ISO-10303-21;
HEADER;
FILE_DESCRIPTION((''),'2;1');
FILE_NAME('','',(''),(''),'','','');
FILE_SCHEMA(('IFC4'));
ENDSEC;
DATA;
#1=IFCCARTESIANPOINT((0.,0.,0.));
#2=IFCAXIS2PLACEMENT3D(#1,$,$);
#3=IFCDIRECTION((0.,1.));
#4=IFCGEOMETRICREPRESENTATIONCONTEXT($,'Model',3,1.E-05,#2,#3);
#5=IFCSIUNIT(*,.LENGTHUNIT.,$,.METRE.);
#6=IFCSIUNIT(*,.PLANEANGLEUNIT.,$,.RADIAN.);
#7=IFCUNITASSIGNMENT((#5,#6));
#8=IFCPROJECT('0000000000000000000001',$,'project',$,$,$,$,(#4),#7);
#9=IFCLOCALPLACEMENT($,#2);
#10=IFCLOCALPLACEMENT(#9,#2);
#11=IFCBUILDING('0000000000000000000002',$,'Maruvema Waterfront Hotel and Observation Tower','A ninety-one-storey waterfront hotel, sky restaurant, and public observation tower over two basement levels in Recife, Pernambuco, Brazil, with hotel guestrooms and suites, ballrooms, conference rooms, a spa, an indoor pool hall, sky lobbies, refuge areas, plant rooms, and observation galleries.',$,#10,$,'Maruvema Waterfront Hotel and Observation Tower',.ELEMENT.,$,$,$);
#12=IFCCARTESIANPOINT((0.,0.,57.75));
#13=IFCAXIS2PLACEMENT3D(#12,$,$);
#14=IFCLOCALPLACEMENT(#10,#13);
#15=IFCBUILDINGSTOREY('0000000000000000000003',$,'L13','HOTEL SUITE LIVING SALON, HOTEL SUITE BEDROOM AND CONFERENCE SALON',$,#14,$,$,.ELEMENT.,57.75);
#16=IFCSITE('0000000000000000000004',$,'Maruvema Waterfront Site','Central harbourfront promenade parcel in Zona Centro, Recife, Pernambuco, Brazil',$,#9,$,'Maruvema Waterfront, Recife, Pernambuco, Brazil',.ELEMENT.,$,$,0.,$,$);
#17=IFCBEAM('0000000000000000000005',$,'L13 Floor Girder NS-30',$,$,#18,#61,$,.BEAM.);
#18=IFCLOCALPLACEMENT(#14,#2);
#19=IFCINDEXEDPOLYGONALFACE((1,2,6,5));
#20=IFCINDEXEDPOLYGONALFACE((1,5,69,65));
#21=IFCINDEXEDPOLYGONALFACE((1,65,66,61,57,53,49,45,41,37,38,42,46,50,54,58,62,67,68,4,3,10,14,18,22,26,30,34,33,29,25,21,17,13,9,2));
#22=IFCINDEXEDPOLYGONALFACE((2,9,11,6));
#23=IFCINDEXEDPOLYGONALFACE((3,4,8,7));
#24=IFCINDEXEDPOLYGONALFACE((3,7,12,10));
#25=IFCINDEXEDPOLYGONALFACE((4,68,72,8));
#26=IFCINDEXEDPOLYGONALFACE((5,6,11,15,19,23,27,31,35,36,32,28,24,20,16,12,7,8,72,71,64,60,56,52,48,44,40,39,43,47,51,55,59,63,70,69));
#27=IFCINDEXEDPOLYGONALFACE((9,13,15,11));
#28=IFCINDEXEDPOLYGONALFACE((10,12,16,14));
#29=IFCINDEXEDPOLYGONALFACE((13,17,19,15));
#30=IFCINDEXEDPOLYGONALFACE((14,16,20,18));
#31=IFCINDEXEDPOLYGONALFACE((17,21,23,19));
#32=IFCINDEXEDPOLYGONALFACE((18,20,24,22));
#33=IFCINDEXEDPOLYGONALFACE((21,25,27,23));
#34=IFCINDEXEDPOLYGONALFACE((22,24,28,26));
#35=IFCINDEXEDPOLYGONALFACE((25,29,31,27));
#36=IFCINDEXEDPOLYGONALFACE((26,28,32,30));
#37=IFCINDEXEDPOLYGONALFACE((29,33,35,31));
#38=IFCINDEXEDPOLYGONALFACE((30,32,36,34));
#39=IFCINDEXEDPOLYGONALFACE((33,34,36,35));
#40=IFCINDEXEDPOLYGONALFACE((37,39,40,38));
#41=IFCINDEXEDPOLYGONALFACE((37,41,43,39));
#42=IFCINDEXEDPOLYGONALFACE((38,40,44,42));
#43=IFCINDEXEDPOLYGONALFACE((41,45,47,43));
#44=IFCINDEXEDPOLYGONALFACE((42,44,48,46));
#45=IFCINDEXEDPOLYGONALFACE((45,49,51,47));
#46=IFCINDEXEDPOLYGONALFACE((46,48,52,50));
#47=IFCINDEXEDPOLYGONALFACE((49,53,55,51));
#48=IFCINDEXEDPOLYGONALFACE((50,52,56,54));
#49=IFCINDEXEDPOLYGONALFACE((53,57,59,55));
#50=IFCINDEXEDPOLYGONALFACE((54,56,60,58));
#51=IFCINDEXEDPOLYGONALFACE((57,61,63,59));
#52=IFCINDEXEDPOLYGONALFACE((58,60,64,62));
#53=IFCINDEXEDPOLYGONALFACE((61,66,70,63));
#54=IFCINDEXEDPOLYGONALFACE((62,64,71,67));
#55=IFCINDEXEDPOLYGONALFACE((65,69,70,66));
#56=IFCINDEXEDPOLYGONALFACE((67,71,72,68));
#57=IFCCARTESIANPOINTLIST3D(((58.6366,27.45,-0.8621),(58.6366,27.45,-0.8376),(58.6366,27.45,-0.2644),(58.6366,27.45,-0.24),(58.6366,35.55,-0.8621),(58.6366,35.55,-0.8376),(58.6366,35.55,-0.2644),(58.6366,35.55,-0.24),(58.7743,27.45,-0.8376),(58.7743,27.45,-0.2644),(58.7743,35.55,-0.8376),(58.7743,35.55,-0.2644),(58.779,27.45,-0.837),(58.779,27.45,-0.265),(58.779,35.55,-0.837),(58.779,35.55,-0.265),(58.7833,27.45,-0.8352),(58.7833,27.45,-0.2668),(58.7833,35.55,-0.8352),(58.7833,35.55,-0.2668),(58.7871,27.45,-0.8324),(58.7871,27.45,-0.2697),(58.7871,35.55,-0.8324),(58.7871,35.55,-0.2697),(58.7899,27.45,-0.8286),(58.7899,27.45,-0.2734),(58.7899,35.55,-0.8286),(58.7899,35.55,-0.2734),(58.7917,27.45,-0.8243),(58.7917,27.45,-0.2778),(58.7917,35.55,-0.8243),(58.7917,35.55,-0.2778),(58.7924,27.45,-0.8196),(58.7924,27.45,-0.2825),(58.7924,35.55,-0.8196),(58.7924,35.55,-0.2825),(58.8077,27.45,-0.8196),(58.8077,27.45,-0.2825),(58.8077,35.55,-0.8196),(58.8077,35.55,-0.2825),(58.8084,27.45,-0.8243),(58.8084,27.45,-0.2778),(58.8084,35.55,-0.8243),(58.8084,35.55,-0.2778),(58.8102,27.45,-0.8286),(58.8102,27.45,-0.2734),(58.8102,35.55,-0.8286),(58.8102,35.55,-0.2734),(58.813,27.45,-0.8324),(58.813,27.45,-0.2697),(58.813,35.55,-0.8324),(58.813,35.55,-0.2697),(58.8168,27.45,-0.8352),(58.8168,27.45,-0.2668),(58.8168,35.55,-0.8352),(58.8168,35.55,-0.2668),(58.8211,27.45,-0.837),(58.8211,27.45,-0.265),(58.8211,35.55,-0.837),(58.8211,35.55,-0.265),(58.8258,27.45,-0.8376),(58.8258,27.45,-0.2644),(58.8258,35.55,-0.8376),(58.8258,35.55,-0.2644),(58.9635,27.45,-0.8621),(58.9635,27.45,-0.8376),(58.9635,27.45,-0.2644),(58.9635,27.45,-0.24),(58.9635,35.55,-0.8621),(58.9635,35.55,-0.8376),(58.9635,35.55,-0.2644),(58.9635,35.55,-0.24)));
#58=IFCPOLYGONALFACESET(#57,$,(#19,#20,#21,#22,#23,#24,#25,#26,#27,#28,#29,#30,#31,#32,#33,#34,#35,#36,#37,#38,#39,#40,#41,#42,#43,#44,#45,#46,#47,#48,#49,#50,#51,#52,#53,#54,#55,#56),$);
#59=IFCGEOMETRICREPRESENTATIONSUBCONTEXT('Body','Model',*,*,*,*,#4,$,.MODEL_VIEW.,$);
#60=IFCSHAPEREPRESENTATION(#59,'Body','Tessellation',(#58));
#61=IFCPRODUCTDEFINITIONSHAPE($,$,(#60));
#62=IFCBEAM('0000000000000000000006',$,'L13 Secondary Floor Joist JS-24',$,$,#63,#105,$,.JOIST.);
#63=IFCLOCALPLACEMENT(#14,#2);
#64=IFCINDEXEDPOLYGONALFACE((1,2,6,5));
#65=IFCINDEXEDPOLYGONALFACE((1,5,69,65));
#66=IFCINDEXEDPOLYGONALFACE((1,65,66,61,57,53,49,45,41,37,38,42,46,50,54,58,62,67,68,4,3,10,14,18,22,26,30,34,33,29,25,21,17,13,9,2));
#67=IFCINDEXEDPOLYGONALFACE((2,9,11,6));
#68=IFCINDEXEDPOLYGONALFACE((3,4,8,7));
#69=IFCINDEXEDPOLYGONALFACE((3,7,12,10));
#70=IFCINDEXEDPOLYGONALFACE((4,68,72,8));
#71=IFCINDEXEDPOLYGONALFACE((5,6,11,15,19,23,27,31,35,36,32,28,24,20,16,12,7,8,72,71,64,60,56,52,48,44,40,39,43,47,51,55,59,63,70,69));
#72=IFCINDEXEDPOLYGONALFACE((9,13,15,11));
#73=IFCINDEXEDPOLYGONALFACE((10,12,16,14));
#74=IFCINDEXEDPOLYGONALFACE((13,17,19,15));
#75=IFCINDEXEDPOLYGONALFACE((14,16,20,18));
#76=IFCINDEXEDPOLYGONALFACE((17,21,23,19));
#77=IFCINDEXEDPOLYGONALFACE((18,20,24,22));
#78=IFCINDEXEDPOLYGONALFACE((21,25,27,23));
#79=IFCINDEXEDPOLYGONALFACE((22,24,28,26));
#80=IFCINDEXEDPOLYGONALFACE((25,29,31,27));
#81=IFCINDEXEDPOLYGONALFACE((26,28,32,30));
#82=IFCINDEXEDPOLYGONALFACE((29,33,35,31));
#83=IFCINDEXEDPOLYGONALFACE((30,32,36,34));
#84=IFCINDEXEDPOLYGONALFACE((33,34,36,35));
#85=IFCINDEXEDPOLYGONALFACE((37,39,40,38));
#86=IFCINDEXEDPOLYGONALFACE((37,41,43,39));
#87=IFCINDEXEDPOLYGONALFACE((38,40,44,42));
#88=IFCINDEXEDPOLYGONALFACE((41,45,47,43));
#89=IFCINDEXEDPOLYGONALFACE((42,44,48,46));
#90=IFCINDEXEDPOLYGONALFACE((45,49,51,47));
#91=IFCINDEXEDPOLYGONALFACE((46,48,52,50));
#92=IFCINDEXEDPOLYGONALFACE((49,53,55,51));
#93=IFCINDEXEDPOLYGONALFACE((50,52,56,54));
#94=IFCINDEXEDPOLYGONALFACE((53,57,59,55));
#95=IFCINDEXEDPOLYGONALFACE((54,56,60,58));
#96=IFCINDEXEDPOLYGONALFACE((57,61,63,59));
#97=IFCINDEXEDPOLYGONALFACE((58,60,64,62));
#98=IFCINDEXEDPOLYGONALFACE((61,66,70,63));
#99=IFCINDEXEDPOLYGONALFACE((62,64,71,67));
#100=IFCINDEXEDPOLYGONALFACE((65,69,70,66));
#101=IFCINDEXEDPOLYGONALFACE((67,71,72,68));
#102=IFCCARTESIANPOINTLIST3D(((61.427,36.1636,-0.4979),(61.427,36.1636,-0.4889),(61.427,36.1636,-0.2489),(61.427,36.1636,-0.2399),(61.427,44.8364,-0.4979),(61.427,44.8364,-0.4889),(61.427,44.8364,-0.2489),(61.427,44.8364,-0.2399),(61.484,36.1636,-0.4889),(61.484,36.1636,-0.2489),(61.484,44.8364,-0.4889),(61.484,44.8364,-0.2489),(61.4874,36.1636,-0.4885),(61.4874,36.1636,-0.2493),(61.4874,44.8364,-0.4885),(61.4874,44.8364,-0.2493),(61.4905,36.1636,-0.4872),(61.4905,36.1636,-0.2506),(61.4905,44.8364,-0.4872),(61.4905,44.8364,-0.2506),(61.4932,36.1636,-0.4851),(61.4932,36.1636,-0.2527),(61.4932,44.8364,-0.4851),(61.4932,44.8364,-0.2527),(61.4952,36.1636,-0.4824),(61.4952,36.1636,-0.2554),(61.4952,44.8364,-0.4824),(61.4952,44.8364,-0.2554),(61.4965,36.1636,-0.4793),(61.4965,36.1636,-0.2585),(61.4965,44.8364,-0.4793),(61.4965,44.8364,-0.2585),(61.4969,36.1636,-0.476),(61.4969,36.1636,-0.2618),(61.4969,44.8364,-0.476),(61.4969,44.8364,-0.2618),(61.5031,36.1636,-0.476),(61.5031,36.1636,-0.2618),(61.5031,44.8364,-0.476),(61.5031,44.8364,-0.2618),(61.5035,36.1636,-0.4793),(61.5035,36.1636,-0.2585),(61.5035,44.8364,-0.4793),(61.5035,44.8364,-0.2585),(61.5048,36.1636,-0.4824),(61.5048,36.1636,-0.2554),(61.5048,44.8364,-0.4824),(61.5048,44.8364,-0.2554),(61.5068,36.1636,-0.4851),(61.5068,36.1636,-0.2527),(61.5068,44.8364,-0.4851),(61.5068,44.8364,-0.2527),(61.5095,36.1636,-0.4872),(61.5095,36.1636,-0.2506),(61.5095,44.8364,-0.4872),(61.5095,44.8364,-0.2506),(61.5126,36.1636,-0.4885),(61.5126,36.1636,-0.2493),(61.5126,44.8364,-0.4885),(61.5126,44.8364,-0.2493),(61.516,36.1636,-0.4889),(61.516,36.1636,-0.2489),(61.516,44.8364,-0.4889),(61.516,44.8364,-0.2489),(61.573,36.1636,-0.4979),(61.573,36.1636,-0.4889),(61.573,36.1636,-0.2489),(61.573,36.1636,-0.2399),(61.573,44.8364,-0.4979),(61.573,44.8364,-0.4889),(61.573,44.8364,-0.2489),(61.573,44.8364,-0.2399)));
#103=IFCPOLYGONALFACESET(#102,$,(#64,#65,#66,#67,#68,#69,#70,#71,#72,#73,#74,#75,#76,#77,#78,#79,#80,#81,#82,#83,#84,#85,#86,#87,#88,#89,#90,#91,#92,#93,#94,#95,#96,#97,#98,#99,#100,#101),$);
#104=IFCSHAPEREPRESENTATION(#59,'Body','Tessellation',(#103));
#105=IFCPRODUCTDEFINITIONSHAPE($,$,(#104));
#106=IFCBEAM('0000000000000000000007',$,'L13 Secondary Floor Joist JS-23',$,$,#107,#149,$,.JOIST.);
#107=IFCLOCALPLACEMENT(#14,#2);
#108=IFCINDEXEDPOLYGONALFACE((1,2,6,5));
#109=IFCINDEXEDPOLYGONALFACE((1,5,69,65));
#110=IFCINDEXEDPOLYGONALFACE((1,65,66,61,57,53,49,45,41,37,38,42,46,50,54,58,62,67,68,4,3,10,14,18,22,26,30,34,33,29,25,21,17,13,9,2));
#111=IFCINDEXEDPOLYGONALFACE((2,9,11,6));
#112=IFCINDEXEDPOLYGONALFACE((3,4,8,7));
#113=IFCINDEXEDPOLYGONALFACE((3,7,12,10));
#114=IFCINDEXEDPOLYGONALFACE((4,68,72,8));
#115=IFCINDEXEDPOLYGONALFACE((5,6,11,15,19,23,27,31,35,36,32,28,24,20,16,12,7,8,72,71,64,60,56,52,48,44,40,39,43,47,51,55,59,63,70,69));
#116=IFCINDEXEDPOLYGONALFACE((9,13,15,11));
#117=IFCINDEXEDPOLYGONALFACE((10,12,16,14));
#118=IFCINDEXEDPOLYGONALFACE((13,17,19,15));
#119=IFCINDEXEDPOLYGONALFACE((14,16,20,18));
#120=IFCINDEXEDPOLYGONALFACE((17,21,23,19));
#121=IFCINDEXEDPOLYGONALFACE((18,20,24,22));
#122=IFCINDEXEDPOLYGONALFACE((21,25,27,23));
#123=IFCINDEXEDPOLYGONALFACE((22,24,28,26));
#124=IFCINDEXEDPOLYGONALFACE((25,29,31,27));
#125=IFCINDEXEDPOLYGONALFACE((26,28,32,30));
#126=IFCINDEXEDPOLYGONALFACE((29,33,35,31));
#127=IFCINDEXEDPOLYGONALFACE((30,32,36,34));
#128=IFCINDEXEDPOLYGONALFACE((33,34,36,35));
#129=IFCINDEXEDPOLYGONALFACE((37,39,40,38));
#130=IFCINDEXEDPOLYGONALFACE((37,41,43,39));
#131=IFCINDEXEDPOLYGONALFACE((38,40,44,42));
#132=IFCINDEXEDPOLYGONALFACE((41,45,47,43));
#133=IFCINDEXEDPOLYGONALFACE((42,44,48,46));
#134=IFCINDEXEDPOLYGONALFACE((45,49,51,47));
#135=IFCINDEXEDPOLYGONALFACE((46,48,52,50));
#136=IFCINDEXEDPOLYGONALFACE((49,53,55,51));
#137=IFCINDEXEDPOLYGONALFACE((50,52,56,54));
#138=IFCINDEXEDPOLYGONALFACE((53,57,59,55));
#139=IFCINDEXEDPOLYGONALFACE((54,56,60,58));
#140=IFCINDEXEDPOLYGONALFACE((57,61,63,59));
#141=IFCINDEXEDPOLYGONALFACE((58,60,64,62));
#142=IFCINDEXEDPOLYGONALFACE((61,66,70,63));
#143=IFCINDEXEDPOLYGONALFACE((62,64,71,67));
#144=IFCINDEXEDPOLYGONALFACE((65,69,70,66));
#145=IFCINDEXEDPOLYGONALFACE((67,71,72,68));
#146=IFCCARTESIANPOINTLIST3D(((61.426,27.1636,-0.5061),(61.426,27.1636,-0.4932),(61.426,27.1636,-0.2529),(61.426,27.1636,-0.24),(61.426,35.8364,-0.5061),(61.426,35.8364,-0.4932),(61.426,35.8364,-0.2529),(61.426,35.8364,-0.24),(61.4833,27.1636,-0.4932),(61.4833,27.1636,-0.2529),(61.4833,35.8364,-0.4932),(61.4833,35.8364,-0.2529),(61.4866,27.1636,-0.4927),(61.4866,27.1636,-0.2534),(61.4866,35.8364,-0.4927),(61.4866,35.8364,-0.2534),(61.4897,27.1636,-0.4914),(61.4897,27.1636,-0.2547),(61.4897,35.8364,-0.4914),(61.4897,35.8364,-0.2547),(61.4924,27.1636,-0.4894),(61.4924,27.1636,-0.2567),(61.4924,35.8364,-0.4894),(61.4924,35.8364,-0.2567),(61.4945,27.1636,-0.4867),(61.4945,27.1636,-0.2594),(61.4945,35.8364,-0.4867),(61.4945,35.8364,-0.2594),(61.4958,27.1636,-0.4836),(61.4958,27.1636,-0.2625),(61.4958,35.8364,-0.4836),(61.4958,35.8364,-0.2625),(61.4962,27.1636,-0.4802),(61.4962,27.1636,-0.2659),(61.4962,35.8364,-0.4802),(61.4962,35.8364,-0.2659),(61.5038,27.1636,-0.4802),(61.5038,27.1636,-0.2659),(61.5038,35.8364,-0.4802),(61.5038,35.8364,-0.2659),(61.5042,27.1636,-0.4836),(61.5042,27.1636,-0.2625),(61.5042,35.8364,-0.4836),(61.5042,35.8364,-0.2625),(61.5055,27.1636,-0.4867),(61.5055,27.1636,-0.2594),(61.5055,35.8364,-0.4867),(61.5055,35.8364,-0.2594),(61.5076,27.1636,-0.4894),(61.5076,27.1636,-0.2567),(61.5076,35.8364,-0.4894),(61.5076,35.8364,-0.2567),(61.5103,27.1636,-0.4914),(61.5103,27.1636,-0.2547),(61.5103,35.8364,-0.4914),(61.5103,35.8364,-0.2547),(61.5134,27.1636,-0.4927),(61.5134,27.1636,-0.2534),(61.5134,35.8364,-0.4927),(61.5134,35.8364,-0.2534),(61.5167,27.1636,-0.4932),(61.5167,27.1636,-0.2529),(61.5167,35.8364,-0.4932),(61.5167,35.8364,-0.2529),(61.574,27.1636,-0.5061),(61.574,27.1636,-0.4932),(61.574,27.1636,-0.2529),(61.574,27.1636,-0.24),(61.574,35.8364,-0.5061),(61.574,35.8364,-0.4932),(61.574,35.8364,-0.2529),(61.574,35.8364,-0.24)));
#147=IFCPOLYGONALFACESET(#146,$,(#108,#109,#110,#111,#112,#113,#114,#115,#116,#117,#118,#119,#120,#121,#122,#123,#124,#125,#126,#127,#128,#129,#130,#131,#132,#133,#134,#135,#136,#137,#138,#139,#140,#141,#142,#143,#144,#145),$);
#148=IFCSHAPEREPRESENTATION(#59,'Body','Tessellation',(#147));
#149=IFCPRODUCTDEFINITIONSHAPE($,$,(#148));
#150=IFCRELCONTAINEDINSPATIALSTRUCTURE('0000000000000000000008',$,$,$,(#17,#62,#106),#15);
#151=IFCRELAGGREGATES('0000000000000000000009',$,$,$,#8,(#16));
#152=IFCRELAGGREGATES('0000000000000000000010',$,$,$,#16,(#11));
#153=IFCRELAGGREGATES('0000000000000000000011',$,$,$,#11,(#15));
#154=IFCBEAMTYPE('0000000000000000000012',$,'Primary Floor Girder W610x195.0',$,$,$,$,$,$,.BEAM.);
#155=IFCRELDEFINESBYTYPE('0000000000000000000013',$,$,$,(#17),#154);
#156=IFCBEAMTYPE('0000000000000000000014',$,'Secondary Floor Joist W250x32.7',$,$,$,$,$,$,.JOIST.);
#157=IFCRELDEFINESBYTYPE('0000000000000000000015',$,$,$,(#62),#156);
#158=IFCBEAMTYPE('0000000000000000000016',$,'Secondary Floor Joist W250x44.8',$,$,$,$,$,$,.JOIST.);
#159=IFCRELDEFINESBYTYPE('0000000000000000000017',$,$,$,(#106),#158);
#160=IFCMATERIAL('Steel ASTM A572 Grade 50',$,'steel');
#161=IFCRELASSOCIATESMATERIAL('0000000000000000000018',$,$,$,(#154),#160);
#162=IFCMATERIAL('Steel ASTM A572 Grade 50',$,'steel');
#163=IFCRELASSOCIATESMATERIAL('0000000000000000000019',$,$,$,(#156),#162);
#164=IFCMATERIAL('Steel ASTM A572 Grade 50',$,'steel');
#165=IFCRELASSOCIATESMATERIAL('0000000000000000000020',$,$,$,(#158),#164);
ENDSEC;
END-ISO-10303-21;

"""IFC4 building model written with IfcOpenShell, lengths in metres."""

from ifc_helpers import new_model, si_unit, direction, frame, origin, origin_2d, place, context, subcontext, project, spatial, i_section, extrude, material, material_profile, profile_set, type_object, element, save


model = new_model("IFC4")

# Units and contexts
model_context = context("Model", 3, precision=1e-05, world=origin(), true_north=direction((0.0, 1.0)))
body_context = subcontext(model_context, "Body", "Model", "MODEL_VIEW")
ifc_project = project(units=[si_unit("LENGTHUNIT", "METRE"), si_unit("PLANEANGLEUNIT", "RADIAN")], contexts=[model_context])

# Site, building, storey
site_placement = place(None, origin())
site = spatial("IfcSite", under=ifc_project, at=site_placement, Name="Maruvema Waterfront Site", Description="Central harbourfront promenade parcel in Zona Centro, Recife, Pernambuco, Brazil", LongName="Maruvema Waterfront, Recife, Pernambuco, Brazil", CompositionType="ELEMENT", RefElevation=0.0)
building_placement = place(site_placement, origin())
building = spatial("IfcBuilding", under=site, at=building_placement, Name="Maruvema Waterfront Hotel and Observation Tower", Description="A ninety-one-storey waterfront hotel, sky restaurant, and public observation tower over two basement levels in Recife, Pernambuco, Brazil, with hotel guestrooms and suites, ballrooms, conference rooms, a spa, an indoor pool hall, sky lobbies, refuge areas, plant rooms, and observation galleries.", LongName="Maruvema Waterfront Hotel and Observation Tower", CompositionType="ELEMENT")
storey_placement = place(building_placement, frame((0.0, 0.0, 57.75)))
storey = spatial("IfcBuildingStorey", under=building, at=storey_placement, Name="L13", Description="HOTEL SUITE LIVING SALON, HOTEL SUITE BEDROOM AND CONFERENCE SALON", CompositionType="ELEMENT", Elevation=57.75)

# Beams
ifc_material_1 = material(Name="Steel ASTM A572 Grade 50", Category="steel")
ifc_material_profile_1 = material_profile(ifc_material_1, i_section(OverallWidth=0.3269, OverallDepth=0.6221, WebThickness=0.0154, FlangeThickness=0.0244, FilletRadius=0.0181, at=origin_2d()), Name="W610x195.0")
ifc_profile_set_1 = profile_set([ifc_material_profile_1], Name="Steel ASTM A572 Grade 50")
beam_type_1 = type_object("IfcBeamType", Name="Primary Floor Girder W610x195.0", PredefinedType="BEAM", material=ifc_profile_set_1)
beam_1_placement = place(storey_placement, frame((58.8, 27.45, -0.551), z_axis=(0.0, 1.0, 0.0), x_axis=(-1.0, 0.0, 0.0)))
element("IfcBeam", 1, at=beam_1_placement, inside=storey, type_object=beam_type_1, Name="L13 Floor Girder NS-30", PredefinedType="BEAM", context=body_context, shape_type="SweptSolid", body=[
    extrude(i_section(OverallWidth=0.3269, OverallDepth=0.6221, WebThickness=0.0154, FlangeThickness=0.0244, FilletRadius=0.0181, at=origin_2d()), origin(), (0.0, 0.0, 1.0), 8.1001),
])
ifc_material_2 = material(Name="Steel ASTM A572 Grade 50", Category="steel")
ifc_material_profile_2 = material_profile(ifc_material_2, i_section(OverallWidth=0.146, OverallDepth=0.2581, WebThickness=0.0061, FlangeThickness=0.009, FilletRadius=0.0129, at=origin_2d()), Name="W250x32.7")
ifc_profile_set_2 = profile_set([ifc_material_profile_2], Name="Steel ASTM A572 Grade 50")
beam_type_2 = type_object("IfcBeamType", Name="Secondary Floor Joist W250x32.7", PredefinedType="JOIST", material=ifc_profile_set_2)
beam_2_placement = place(storey_placement, frame((61.5, 36.1636, -0.3689), z_axis=(0.0, 1.0, 0.0), x_axis=(-1.0, 0.0, 0.0)))
element("IfcBeam", 2, at=beam_2_placement, inside=storey, type_object=beam_type_2, Name="L13 Secondary Floor Joist JS-24", PredefinedType="JOIST", context=body_context, shape_type="SweptSolid", body=[
    extrude(i_section(OverallWidth=0.146, OverallDepth=0.2581, WebThickness=0.0061, FlangeThickness=0.009, FilletRadius=0.0129, at=origin_2d()), origin(), (0.0, 0.0, 1.0), 8.6729),
])
ifc_material_3 = material(Name="Steel ASTM A572 Grade 50", Category="steel")
ifc_material_profile_3 = material_profile(ifc_material_3, i_section(OverallWidth=0.1479, OverallDepth=0.2661, WebThickness=0.0076, FlangeThickness=0.0129, FilletRadius=0.0129, at=origin_2d()), Name="W250x44.8")
ifc_profile_set_3 = profile_set([ifc_material_profile_3], Name="Steel ASTM A572 Grade 50")
beam_type_3 = type_object("IfcBeamType", Name="Secondary Floor Joist W250x44.8", PredefinedType="JOIST", material=ifc_profile_set_3)
beam_3_placement = place(storey_placement, frame((61.5, 27.1636, -0.373), z_axis=(0.0, 1.0, 0.0), x_axis=(-1.0, 0.0, 0.0)))
element("IfcBeam", 3, at=beam_3_placement, inside=storey, type_object=beam_type_3, Name="L13 Secondary Floor Joist JS-23", PredefinedType="JOIST", context=body_context, shape_type="SweptSolid", body=[
    extrude(i_section(OverallWidth=0.1479, OverallDepth=0.2661, WebThickness=0.0076, FlangeThickness=0.0129, FilletRadius=0.0129, at=origin_2d()), origin(), (0.0, 0.0, 1.0), 8.6729),
])

save(model, "model.ifc")
